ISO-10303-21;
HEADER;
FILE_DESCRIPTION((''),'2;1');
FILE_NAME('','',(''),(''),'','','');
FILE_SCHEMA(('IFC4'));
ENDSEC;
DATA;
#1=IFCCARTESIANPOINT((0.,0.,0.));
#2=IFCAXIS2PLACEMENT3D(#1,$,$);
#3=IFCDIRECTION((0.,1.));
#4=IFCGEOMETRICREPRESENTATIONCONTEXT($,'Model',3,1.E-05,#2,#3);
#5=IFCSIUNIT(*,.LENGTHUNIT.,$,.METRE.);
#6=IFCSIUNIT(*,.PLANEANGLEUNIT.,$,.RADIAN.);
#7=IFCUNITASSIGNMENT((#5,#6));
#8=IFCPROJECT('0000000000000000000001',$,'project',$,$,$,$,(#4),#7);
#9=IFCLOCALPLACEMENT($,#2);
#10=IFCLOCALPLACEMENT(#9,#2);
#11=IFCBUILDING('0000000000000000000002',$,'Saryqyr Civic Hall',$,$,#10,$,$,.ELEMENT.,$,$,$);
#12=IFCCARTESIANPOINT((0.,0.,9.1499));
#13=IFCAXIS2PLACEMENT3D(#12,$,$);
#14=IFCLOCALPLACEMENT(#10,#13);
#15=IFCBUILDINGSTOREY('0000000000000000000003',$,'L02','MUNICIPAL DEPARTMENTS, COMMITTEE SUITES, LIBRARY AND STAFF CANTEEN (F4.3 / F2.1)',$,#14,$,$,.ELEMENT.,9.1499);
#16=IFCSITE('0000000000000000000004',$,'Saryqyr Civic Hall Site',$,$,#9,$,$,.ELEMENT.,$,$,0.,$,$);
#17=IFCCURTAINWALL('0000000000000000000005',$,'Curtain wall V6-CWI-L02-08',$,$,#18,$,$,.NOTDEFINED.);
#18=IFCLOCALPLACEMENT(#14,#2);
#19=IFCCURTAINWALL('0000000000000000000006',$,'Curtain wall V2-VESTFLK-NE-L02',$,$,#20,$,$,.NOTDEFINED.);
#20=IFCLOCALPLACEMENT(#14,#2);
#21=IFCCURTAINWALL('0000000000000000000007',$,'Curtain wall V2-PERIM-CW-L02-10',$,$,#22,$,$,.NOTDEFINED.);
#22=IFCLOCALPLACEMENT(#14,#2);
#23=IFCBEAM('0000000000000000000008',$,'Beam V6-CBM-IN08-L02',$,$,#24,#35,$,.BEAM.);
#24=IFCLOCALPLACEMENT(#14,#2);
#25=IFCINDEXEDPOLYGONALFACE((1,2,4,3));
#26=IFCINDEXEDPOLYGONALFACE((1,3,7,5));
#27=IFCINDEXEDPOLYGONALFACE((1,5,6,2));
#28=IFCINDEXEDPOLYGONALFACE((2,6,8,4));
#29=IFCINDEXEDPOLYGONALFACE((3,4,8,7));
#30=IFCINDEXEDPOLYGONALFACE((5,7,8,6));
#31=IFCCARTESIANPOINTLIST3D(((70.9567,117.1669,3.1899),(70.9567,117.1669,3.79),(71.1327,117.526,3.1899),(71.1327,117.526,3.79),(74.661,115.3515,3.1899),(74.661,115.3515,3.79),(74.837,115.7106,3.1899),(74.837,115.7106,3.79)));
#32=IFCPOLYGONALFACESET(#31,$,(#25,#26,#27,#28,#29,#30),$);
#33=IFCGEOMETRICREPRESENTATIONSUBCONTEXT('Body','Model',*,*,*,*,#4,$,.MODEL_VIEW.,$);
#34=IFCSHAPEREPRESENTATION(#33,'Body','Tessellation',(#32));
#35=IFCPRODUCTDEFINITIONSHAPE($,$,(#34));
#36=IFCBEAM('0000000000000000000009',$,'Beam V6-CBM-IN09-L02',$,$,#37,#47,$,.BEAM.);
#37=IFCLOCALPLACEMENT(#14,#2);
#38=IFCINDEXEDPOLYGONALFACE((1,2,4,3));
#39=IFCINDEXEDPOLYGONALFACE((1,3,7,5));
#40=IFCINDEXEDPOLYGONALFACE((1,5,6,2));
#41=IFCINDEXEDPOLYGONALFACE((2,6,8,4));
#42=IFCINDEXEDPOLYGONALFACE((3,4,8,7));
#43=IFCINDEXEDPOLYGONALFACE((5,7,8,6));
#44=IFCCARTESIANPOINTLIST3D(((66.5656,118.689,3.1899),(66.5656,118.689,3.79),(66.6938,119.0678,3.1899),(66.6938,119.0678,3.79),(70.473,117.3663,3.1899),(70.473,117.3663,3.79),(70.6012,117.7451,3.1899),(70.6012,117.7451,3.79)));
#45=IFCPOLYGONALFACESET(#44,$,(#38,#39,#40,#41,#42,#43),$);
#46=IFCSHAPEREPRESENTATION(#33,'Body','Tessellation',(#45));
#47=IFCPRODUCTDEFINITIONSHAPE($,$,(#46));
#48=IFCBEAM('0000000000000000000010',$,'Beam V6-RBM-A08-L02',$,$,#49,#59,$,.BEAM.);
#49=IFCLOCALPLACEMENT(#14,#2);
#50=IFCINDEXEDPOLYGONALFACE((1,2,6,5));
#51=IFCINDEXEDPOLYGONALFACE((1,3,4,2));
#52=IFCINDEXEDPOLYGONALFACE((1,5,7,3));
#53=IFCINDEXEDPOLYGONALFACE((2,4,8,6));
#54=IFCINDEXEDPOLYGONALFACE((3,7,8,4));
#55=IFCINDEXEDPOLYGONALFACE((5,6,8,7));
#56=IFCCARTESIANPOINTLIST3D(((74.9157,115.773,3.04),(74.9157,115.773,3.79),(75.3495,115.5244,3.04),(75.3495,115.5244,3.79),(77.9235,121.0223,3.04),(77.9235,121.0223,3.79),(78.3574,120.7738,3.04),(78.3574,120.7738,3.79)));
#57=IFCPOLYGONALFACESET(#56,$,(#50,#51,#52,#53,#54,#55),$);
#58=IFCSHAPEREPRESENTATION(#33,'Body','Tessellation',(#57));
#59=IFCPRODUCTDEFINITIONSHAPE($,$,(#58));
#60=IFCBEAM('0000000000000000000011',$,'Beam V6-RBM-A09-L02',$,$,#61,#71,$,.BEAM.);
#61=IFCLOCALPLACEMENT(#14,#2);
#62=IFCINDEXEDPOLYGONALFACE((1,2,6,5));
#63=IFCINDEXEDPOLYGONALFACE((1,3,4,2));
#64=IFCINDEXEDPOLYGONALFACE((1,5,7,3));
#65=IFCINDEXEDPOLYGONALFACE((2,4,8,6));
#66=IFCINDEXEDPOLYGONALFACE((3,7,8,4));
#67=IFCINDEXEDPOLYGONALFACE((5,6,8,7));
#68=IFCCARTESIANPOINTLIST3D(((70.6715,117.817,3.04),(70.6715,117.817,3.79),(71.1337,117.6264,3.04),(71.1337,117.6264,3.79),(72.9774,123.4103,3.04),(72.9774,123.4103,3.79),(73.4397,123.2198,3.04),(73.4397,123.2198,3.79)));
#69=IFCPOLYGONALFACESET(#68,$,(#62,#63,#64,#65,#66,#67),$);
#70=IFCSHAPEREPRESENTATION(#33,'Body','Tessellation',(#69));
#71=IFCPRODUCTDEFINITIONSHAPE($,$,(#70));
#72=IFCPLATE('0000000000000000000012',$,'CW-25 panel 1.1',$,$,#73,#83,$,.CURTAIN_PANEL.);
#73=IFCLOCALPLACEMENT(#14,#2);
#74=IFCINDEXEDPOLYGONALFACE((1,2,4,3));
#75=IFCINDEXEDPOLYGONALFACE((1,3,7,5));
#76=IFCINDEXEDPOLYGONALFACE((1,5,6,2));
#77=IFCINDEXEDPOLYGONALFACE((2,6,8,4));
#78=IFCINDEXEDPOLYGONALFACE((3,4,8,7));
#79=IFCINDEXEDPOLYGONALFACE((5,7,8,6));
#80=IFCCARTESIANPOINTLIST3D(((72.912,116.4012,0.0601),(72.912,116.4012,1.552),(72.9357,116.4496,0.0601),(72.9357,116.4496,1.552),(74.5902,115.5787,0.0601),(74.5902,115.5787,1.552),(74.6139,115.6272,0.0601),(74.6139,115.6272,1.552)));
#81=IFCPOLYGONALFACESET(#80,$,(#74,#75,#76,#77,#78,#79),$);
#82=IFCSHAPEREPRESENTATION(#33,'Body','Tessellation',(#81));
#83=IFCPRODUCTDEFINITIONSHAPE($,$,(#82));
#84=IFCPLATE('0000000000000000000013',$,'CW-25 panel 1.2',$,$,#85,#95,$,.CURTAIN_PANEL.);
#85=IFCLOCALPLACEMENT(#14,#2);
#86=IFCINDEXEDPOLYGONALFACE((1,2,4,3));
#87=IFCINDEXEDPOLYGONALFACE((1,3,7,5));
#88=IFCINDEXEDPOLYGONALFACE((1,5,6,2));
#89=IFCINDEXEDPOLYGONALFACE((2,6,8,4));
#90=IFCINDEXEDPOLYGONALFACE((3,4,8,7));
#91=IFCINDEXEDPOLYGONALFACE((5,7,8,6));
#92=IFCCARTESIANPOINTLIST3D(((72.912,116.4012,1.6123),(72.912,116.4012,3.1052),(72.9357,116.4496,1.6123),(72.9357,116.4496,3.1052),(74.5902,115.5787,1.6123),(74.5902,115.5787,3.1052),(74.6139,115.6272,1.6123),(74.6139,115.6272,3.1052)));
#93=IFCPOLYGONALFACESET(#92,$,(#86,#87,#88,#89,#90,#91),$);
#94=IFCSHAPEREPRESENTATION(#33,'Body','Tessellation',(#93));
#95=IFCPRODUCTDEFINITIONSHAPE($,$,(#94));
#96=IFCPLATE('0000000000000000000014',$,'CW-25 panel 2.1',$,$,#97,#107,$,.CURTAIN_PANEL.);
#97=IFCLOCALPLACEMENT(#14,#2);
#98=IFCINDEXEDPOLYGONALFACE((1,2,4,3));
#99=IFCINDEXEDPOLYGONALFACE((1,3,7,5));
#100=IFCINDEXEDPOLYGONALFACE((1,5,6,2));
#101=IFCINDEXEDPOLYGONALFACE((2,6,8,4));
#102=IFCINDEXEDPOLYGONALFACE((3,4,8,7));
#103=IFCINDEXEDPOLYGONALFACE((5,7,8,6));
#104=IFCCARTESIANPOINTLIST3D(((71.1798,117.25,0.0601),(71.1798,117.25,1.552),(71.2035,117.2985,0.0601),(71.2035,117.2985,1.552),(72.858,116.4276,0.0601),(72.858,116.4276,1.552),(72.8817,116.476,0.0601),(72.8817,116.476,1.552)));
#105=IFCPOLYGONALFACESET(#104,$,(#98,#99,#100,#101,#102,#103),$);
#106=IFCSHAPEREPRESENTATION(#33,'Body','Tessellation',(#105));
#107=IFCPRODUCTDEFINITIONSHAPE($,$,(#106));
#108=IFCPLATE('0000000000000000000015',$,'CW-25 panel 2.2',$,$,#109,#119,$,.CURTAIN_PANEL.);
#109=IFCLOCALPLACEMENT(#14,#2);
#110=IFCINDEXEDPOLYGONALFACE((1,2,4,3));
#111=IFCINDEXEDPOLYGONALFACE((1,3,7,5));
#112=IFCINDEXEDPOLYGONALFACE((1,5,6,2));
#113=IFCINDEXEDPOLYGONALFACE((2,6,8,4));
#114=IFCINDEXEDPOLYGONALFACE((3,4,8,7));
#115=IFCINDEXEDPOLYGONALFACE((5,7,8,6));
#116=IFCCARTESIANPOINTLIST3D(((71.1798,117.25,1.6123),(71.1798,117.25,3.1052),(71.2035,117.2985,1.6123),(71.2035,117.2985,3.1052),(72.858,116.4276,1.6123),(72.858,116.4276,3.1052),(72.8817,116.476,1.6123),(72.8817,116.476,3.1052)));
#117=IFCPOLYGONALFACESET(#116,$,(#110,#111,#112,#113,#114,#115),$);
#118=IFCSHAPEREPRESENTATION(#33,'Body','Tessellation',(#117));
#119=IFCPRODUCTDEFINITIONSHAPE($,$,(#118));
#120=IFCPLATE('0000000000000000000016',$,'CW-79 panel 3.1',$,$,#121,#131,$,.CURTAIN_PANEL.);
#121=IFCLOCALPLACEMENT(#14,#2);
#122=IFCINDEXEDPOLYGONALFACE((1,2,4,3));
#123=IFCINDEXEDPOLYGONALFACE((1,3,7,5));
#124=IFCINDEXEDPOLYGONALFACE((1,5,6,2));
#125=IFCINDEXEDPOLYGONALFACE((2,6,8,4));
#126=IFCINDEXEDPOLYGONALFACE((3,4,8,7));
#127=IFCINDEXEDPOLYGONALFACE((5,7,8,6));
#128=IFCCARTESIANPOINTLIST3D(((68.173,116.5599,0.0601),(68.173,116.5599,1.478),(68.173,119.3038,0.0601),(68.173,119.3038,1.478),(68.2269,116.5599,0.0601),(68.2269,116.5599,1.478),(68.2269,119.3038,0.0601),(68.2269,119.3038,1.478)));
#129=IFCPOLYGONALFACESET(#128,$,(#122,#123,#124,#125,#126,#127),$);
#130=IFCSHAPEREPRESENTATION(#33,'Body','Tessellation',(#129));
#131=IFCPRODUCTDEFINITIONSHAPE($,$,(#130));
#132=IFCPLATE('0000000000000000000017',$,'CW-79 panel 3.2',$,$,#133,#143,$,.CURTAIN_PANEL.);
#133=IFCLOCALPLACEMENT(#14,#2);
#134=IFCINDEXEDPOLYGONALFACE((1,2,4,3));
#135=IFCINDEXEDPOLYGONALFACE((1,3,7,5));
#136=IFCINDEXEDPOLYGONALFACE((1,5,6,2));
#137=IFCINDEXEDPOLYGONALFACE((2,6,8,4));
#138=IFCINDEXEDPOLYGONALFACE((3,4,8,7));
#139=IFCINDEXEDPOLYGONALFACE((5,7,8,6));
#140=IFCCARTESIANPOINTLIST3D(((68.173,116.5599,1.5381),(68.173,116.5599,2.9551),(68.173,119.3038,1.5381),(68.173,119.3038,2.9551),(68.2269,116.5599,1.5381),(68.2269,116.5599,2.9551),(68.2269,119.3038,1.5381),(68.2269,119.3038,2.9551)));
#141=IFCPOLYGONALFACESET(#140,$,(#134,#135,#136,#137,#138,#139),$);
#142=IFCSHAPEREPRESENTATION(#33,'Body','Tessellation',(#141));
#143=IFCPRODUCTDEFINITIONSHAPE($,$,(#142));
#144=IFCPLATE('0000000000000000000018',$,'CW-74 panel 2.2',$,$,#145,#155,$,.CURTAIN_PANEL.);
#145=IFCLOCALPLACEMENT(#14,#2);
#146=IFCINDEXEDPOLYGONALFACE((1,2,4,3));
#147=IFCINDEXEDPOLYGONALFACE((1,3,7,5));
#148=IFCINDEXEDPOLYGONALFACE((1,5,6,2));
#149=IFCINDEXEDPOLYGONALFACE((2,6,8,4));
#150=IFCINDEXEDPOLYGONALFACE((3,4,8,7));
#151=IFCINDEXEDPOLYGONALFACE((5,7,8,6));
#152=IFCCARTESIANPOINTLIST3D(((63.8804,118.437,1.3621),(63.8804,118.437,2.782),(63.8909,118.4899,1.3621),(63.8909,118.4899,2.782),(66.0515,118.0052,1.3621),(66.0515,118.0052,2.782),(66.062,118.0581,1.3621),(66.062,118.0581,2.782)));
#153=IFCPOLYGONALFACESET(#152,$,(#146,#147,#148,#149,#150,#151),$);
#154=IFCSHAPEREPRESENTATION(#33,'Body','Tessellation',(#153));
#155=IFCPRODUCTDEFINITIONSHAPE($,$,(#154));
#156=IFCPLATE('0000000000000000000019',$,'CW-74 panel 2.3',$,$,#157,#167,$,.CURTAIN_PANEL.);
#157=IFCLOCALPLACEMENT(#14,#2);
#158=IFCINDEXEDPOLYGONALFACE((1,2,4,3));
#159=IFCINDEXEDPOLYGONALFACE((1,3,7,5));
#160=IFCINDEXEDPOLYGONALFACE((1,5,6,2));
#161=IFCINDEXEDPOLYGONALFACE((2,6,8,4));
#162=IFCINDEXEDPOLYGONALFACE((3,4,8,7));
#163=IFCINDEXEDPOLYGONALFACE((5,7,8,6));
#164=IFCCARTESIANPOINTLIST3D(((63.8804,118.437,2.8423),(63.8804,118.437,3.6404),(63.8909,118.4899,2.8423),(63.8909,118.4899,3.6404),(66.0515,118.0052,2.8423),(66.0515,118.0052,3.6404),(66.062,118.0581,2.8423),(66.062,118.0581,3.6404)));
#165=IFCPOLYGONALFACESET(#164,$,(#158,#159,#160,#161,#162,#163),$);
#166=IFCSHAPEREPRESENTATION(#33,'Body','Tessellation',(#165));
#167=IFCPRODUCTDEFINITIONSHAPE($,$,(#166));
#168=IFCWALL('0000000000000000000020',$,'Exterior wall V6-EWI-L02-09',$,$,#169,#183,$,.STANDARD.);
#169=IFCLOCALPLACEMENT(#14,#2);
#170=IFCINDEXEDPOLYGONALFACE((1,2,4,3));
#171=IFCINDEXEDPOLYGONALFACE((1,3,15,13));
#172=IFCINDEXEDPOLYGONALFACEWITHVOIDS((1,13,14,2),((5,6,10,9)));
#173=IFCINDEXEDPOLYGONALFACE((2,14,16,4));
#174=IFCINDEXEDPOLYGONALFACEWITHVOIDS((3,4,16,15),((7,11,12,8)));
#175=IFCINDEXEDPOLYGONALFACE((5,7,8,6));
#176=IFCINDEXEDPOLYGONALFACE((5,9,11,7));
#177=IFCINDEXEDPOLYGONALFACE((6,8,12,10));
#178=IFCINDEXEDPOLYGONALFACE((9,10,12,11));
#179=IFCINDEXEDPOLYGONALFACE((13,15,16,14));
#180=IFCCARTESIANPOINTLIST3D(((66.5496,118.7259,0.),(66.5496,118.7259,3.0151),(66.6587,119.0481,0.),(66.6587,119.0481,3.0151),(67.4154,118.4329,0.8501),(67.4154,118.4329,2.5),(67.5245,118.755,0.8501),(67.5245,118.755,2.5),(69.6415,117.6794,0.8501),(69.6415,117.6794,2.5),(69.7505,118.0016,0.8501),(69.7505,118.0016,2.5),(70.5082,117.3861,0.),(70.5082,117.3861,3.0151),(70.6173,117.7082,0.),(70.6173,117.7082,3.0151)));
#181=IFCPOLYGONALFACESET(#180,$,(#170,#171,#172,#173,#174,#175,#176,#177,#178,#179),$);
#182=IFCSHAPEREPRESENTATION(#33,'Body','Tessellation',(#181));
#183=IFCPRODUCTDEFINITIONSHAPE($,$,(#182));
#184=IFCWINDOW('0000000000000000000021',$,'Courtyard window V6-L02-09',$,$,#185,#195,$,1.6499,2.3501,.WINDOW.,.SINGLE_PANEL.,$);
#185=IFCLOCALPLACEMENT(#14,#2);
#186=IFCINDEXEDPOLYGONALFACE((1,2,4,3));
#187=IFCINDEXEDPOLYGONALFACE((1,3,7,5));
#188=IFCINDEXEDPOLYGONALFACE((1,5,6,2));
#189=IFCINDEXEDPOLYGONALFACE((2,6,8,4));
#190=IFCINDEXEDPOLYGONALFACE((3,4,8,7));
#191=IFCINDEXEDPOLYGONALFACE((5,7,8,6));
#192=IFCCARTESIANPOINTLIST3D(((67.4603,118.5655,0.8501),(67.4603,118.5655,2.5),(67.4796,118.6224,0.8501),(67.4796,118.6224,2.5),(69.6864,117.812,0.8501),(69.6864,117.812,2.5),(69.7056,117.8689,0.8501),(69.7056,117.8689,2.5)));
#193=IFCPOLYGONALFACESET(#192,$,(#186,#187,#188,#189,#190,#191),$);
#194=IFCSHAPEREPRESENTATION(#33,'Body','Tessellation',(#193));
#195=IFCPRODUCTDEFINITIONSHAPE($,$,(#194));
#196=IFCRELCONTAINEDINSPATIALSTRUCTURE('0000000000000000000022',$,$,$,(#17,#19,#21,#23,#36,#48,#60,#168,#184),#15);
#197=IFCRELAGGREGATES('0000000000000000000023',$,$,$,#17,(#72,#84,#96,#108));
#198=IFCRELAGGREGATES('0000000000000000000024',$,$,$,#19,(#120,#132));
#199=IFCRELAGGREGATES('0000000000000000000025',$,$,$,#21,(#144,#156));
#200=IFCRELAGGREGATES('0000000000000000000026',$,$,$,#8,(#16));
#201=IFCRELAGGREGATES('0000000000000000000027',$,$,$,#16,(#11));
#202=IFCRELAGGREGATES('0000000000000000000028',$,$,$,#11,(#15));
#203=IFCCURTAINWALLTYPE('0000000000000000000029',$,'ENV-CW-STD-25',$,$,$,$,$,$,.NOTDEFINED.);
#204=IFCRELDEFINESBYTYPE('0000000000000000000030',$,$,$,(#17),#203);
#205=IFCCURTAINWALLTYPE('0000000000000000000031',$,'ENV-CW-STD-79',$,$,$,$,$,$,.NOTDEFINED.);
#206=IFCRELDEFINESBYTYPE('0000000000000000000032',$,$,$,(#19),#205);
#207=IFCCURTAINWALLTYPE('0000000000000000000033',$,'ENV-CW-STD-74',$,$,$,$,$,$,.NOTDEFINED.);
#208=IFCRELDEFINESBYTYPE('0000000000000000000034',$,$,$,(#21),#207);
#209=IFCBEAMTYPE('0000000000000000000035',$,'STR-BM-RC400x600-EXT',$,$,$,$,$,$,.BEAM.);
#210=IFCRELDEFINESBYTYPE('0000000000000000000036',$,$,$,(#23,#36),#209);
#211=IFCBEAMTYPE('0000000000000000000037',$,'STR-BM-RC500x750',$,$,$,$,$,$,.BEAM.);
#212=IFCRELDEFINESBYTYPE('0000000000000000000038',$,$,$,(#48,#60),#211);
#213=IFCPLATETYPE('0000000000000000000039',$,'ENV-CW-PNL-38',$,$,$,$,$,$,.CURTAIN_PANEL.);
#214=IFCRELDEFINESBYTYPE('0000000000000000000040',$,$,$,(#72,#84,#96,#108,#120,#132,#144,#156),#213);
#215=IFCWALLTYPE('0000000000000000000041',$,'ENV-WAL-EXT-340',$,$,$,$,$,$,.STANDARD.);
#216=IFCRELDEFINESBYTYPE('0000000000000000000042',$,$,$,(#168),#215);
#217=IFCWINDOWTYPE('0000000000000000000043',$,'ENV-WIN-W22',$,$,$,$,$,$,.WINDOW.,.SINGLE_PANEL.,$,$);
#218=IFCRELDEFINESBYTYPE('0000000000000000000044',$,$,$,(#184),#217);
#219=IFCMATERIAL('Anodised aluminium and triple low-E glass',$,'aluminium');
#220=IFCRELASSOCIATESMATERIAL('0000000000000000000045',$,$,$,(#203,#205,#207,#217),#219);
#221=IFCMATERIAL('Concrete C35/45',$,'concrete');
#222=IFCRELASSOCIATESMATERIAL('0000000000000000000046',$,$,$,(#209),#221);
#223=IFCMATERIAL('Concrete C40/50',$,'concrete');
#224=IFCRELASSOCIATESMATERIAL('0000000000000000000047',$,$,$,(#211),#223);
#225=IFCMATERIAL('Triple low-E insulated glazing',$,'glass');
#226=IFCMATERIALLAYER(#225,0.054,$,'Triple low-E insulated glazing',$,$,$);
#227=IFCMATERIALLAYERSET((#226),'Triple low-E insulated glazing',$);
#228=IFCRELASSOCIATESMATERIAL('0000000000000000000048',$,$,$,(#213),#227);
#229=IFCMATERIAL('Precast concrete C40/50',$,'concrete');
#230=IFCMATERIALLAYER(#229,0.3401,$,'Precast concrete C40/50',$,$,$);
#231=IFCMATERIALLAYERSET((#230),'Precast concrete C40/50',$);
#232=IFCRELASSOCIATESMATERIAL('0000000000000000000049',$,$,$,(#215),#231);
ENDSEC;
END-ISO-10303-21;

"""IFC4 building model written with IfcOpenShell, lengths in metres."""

from ifc_helpers import new_model, si_unit, direction, frame, frame_2d, origin, origin_2d, place, context, subcontext, project, spatial, rectangle, extrude, material, layer, layer_set, material_profile, profile_set, type_object, element, fill, aggregate, save


model = new_model("IFC4")

# Units and contexts
model_context = context("Model", 3, precision=1e-05, world=origin(), true_north=direction((0.0, 1.0)))
body_context = subcontext(model_context, "Body", "Model", "MODEL_VIEW")
ifc_project = project(units=[si_unit("LENGTHUNIT", "METRE"), si_unit("PLANEANGLEUNIT", "RADIAN")], contexts=[model_context])

# Site, building, storey
site_placement = place(None, origin())
site = spatial("IfcSite", under=ifc_project, at=site_placement, Name="Saryqyr Civic Hall Site", CompositionType="ELEMENT", RefElevation=0.0)
building_placement = place(site_placement, origin())
building = spatial("IfcBuilding", under=site, at=building_placement, Name="Saryqyr Civic Hall", CompositionType="ELEMENT")
storey_placement = place(building_placement, frame((0.0, 0.0, 9.1499)))
storey = spatial("IfcBuildingStorey", under=building, at=storey_placement, Name="L02", Description="MUNICIPAL DEPARTMENTS, COMMITTEE SUITES, LIBRARY AND STAFF CANTEEN (F4.3 / F2.1)", CompositionType="ELEMENT", Elevation=9.1499)

# Shared definitions
ifc_material_1 = material(Name="Concrete C40/50", Category="concrete")

# Curtain wall
ifc_material_2 = material(Name="Anodised aluminium and triple low-E glass", Category="aluminium")
curtain_wall_type_1 = type_object("IfcCurtainWallType", Name="ENV-CW-STD-25", PredefinedType="NOTDEFINED", material=ifc_material_2)
curtain_wall_1_placement = place(storey_placement, origin())
curtain_wall_1 = element("IfcCurtainWall", 1, at=curtain_wall_1_placement, inside=storey, type_object=curtain_wall_type_1, Name="Curtain wall V6-CWI-L02-08", PredefinedType="NOTDEFINED")

# Curtain walls
curtain_wall_type_2 = type_object("IfcCurtainWallType", Name="ENV-CW-STD-79", PredefinedType="NOTDEFINED", material=ifc_material_2)
curtain_wall_2_placement = place(storey_placement, origin())
curtain_wall_2 = element("IfcCurtainWall", 2, at=curtain_wall_2_placement, inside=storey, type_object=curtain_wall_type_2, Name="Curtain wall V2-VESTFLK-NE-L02", PredefinedType="NOTDEFINED")
curtain_wall_type_3 = type_object("IfcCurtainWallType", Name="ENV-CW-STD-74", PredefinedType="NOTDEFINED", material=ifc_material_2)
curtain_wall_3_placement = place(storey_placement, origin())
curtain_wall_3 = element("IfcCurtainWall", 3, at=curtain_wall_3_placement, inside=storey, type_object=curtain_wall_type_3, Name="Curtain wall V2-PERIM-CW-L02-10", PredefinedType="NOTDEFINED")

# Beams
ifc_material_3 = material(Name="Concrete C35/45", Category="concrete")
ifc_material_profile_1 = material_profile(ifc_material_3, rectangle(XDim=0.3999, YDim=0.6001, at=origin_2d()), Name="RC 400x600")
ifc_profile_set_1 = profile_set([ifc_material_profile_1], Name="Concrete C35/45")
beam_type_1 = type_object("IfcBeamType", Name="STR-BM-RC400x600-EXT", PredefinedType="BEAM", material=ifc_profile_set_1)
for number, where, z_axis, x_axis, name in (
    (4, (74.749, 115.531, 3.49), (-0.897962, 0.440074, 0.0), (-0.440074, -0.897962, 0.0), "Beam V6-CBM-IN08-L02"),
    (5, (70.5371, 117.5557, 3.49), (-0.947199, 0.320645, 0.0), (-0.320645, -0.947199, 0.0), "Beam V6-CBM-IN09-L02"),
):
    element("IfcBeam", number, at=place(storey_placement, frame(where, z_axis=z_axis, x_axis=x_axis)), inside=storey, type_object=beam_type_1, Name=name, PredefinedType="BEAM", context=body_context, shape_type="SweptSolid", body=[
        extrude(rectangle(XDim=0.3999, YDim=0.6001, at=origin_2d()), origin(), (0.0, 0.0, 1.0), 4.1252),
    ])
ifc_material_profile_2 = material_profile(ifc_material_1, rectangle(XDim=0.5, YDim=0.75, at=origin_2d()), Name="RC 500x750")
ifc_profile_set_2 = profile_set([ifc_material_profile_2], Name="Concrete C40/50")
beam_type_2 = type_object("IfcBeamType", Name="STR-BM-RC500x750", PredefinedType="BEAM", material=ifc_profile_set_2)
for number, where, z_axis, x_axis, name in (
    (6, (75.1326, 115.6487, 3.415), (0.497164, 0.867656, 0.0), (-0.867656, 0.497164, 0.0), "Beam V6-RBM-A08-L02"),
    (7, (70.9026, 117.7217, 3.415), (0.381146, 0.924515, 0.0), (-0.924515, 0.381146, 0.0), "Beam V6-RBM-A09-L02"),
):
    element("IfcBeam", number, at=place(storey_placement, frame(where, z_axis=z_axis, x_axis=x_axis)), inside=storey, type_object=beam_type_2, Name=name, PredefinedType="BEAM", context=body_context, shape_type="SweptSolid", body=[
        extrude(rectangle(XDim=0.5, YDim=0.75, at=origin_2d()), origin(), (0.0, 0.0, 1.0), 6.05),
    ])

# Plates
ifc_material_4 = material(Name="Triple low-E insulated glazing", Category="glass")
ifc_layer_1 = layer(ifc_material_4, 0.054, Name="Triple low-E insulated glazing")
ifc_layer_set_1 = layer_set([ifc_layer_1], Name="Triple low-E insulated glazing")
plate_type = type_object("IfcPlateType", Name="ENV-CW-PNL-38", PredefinedType="CURTAIN_PANEL", material=ifc_layer_set_1)
plate_1_placement = place(storey_placement, frame((73.7629, 116.0142, 0.0601), z_axis=(0.0, 0.0, 1.0), x_axis=(-0.897962, 0.440073, 0.0)))
plate_1 = element("IfcPlate", 8, at=plate_1_placement, type_object=plate_type, Name="CW-25 panel 1.1", PredefinedType="CURTAIN_PANEL", context=body_context, shape_type="SweptSolid", body=[
    extrude(rectangle(XDim=1.8689, YDim=0.054, at=origin_2d()), origin(), (0.0, 0.0, 1.0), 1.4919),
])
plate_2_placement = place(storey_placement, frame((73.7629, 116.0142, 1.6123), z_axis=(0.0, 0.0, 1.0), x_axis=(-0.897962, 0.440073, 0.0)))
plate_2 = element("IfcPlate", 9, at=plate_2_placement, type_object=plate_type, Name="CW-25 panel 1.2", PredefinedType="CURTAIN_PANEL", context=body_context, shape_type="SweptSolid", body=[
    extrude(rectangle(XDim=1.8689, YDim=0.054, at=origin_2d()), origin(), (0.0, 0.0, 1.0), 1.4929),
])
plate_3_placement = place(storey_placement, frame((72.0308, 116.863, 0.0601), z_axis=(0.0, 0.0, 1.0), x_axis=(-0.897962, 0.440073, 0.0)))
plate_3 = element("IfcPlate", 10, at=plate_3_placement, type_object=plate_type, Name="CW-25 panel 2.1", PredefinedType="CURTAIN_PANEL", context=body_context, shape_type="SweptSolid", body=[
    extrude(rectangle(XDim=1.8689, YDim=0.054, at=origin_2d()), origin(), (0.0, 0.0, 1.0), 1.4919),
])
plate_4_placement = place(storey_placement, frame((72.0308, 116.863, 1.6123), z_axis=(0.0, 0.0, 1.0), x_axis=(-0.897962, 0.440073, 0.0)))
plate_4 = element("IfcPlate", 11, at=plate_4_placement, type_object=plate_type, Name="CW-25 panel 2.2", PredefinedType="CURTAIN_PANEL", context=body_context, shape_type="SweptSolid", body=[
    extrude(rectangle(XDim=1.8689, YDim=0.054, at=origin_2d()), origin(), (0.0, 0.0, 1.0), 1.4929),
])
aggregate(curtain_wall_1, [plate_1, plate_2, plate_3, plate_4])
plate_5_placement = place(storey_placement, frame((68.2, 117.9319, 0.0601), z_axis=(0.0, 0.0, 1.0), x_axis=(0.0, -1.0, 0.0)))
plate_5 = element("IfcPlate", 12, at=plate_5_placement, type_object=plate_type, Name="CW-79 panel 3.1", PredefinedType="CURTAIN_PANEL", context=body_context, shape_type="SweptSolid", body=[
    extrude(rectangle(XDim=2.7439, YDim=0.054, at=origin_2d()), origin(), (0.0, 0.0, 1.0), 1.418),
])
plate_6_placement = place(storey_placement, frame((68.2, 117.9319, 1.5381), z_axis=(0.0, 0.0, 1.0), x_axis=(0.0, -1.0, 0.0)))
plate_6 = element("IfcPlate", 13, at=plate_6_placement, type_object=plate_type, Name="CW-79 panel 3.2", PredefinedType="CURTAIN_PANEL", context=body_context, shape_type="SweptSolid", body=[
    extrude(rectangle(XDim=2.7439, YDim=0.054, at=origin_2d()), origin(), (0.0, 0.0, 1.0), 1.417),
])
aggregate(curtain_wall_2, [plate_5, plate_6])
plate_7_placement = place(storey_placement, frame((64.9712, 118.2476, 1.3621), z_axis=(0.0, 0.0, 1.0), x_axis=(0.980785, -0.195093, 0.0)))
plate_7 = element("IfcPlate", 14, at=plate_7_placement, type_object=plate_type, Name="CW-74 panel 2.2", PredefinedType="CURTAIN_PANEL", context=body_context, shape_type="SweptSolid", body=[
    extrude(rectangle(XDim=2.2136, YDim=0.054, at=origin_2d()), origin(), (0.0, 0.0, 1.0), 1.4199),
])
plate_8_placement = place(storey_placement, frame((64.9712, 118.2476, 2.8423), z_axis=(0.0, 0.0, 1.0), x_axis=(0.980785, -0.195093, 0.0)))
plate_8 = element("IfcPlate", 15, at=plate_8_placement, type_object=plate_type, Name="CW-74 panel 2.3", PredefinedType="CURTAIN_PANEL", context=body_context, shape_type="SweptSolid", body=[
    extrude(rectangle(XDim=2.2136, YDim=0.054, at=origin_2d()), origin(), (0.0, 0.0, 1.0), 0.7981),
])
aggregate(curtain_wall_3, [plate_7, plate_8])

# Wall, opening, window
ifc_material_5 = material(Name="Precast concrete C40/50", Category="concrete")
ifc_layer_2 = layer(ifc_material_5, 0.3401, Name="Precast concrete C40/50")
ifc_layer_set_2 = layer_set([ifc_layer_2], Name="Precast concrete C40/50")
wall_type_1 = type_object("IfcWallType", Name="ENV-WAL-EXT-340", PredefinedType="STANDARD", material=ifc_layer_set_2)
wall_1_placement = place(storey_placement, frame((70.5627, 117.5471, 0.0), z_axis=(0.0, 0.0, 1.0), x_axis=(-0.947213, 0.320606, 0.0)))
wall_1 = element("IfcWall", 16, at=wall_1_placement, inside=storey, type_object=wall_type_1, Name="Exterior wall V6-EWI-L02-09", PredefinedType="STANDARD", context=body_context, shape_type="SweptSolid", body=[
    extrude(rectangle(XDim=4.1792, YDim=0.3401, at=frame_2d((2.0896, 0.0))), origin(), (0.0, 0.0, 1.0), 3.0151),
])
opening_1_placement = place(wall_1_placement, frame((0.915, 0.0, 0.8501)))
opening_1 = element("IfcOpeningElement", 17, at=opening_1_placement, cuts=wall_1, PredefinedType="OPENING", context=body_context, shape_type="SweptSolid", body=[
    extrude(rectangle(XDim=2.3501, YDim=1.6499, at=frame_2d((1.175, 0.825))), frame((0.0, 0.1799, 0.0), z_axis=(0.0, -1.0, 0.0), x_axis=(1.0, 0.0, 0.0)), (0.0, 0.0, 1.0), 0.3601),
])
window_type = type_object("IfcWindowType", Name="ENV-WIN-W22", PartitioningType="SINGLE_PANEL", PredefinedType="WINDOW", material=ifc_material_2)
window_placement = place(opening_1_placement, origin())
window = element("IfcWindow", 18, at=window_placement, inside=storey, type_object=window_type, Name="Courtyard window V6-L02-09", OverallHeight=1.6499, OverallWidth=2.3501, PartitioningType="SINGLE_PANEL", PredefinedType="WINDOW", context=body_context, shape_type="SweptSolid", body=[
    extrude(rectangle(XDim=2.3501, YDim=1.6499, at=frame_2d((1.175, 0.825))), frame((0.0, 0.03, 0.0), z_axis=(0.0, -1.0, 0.0), x_axis=(1.0, 0.0, 0.0)), (0.0, 0.0, 1.0), 0.0601),
])
fill(opening_1, window)

save(model, "model.ifc")
